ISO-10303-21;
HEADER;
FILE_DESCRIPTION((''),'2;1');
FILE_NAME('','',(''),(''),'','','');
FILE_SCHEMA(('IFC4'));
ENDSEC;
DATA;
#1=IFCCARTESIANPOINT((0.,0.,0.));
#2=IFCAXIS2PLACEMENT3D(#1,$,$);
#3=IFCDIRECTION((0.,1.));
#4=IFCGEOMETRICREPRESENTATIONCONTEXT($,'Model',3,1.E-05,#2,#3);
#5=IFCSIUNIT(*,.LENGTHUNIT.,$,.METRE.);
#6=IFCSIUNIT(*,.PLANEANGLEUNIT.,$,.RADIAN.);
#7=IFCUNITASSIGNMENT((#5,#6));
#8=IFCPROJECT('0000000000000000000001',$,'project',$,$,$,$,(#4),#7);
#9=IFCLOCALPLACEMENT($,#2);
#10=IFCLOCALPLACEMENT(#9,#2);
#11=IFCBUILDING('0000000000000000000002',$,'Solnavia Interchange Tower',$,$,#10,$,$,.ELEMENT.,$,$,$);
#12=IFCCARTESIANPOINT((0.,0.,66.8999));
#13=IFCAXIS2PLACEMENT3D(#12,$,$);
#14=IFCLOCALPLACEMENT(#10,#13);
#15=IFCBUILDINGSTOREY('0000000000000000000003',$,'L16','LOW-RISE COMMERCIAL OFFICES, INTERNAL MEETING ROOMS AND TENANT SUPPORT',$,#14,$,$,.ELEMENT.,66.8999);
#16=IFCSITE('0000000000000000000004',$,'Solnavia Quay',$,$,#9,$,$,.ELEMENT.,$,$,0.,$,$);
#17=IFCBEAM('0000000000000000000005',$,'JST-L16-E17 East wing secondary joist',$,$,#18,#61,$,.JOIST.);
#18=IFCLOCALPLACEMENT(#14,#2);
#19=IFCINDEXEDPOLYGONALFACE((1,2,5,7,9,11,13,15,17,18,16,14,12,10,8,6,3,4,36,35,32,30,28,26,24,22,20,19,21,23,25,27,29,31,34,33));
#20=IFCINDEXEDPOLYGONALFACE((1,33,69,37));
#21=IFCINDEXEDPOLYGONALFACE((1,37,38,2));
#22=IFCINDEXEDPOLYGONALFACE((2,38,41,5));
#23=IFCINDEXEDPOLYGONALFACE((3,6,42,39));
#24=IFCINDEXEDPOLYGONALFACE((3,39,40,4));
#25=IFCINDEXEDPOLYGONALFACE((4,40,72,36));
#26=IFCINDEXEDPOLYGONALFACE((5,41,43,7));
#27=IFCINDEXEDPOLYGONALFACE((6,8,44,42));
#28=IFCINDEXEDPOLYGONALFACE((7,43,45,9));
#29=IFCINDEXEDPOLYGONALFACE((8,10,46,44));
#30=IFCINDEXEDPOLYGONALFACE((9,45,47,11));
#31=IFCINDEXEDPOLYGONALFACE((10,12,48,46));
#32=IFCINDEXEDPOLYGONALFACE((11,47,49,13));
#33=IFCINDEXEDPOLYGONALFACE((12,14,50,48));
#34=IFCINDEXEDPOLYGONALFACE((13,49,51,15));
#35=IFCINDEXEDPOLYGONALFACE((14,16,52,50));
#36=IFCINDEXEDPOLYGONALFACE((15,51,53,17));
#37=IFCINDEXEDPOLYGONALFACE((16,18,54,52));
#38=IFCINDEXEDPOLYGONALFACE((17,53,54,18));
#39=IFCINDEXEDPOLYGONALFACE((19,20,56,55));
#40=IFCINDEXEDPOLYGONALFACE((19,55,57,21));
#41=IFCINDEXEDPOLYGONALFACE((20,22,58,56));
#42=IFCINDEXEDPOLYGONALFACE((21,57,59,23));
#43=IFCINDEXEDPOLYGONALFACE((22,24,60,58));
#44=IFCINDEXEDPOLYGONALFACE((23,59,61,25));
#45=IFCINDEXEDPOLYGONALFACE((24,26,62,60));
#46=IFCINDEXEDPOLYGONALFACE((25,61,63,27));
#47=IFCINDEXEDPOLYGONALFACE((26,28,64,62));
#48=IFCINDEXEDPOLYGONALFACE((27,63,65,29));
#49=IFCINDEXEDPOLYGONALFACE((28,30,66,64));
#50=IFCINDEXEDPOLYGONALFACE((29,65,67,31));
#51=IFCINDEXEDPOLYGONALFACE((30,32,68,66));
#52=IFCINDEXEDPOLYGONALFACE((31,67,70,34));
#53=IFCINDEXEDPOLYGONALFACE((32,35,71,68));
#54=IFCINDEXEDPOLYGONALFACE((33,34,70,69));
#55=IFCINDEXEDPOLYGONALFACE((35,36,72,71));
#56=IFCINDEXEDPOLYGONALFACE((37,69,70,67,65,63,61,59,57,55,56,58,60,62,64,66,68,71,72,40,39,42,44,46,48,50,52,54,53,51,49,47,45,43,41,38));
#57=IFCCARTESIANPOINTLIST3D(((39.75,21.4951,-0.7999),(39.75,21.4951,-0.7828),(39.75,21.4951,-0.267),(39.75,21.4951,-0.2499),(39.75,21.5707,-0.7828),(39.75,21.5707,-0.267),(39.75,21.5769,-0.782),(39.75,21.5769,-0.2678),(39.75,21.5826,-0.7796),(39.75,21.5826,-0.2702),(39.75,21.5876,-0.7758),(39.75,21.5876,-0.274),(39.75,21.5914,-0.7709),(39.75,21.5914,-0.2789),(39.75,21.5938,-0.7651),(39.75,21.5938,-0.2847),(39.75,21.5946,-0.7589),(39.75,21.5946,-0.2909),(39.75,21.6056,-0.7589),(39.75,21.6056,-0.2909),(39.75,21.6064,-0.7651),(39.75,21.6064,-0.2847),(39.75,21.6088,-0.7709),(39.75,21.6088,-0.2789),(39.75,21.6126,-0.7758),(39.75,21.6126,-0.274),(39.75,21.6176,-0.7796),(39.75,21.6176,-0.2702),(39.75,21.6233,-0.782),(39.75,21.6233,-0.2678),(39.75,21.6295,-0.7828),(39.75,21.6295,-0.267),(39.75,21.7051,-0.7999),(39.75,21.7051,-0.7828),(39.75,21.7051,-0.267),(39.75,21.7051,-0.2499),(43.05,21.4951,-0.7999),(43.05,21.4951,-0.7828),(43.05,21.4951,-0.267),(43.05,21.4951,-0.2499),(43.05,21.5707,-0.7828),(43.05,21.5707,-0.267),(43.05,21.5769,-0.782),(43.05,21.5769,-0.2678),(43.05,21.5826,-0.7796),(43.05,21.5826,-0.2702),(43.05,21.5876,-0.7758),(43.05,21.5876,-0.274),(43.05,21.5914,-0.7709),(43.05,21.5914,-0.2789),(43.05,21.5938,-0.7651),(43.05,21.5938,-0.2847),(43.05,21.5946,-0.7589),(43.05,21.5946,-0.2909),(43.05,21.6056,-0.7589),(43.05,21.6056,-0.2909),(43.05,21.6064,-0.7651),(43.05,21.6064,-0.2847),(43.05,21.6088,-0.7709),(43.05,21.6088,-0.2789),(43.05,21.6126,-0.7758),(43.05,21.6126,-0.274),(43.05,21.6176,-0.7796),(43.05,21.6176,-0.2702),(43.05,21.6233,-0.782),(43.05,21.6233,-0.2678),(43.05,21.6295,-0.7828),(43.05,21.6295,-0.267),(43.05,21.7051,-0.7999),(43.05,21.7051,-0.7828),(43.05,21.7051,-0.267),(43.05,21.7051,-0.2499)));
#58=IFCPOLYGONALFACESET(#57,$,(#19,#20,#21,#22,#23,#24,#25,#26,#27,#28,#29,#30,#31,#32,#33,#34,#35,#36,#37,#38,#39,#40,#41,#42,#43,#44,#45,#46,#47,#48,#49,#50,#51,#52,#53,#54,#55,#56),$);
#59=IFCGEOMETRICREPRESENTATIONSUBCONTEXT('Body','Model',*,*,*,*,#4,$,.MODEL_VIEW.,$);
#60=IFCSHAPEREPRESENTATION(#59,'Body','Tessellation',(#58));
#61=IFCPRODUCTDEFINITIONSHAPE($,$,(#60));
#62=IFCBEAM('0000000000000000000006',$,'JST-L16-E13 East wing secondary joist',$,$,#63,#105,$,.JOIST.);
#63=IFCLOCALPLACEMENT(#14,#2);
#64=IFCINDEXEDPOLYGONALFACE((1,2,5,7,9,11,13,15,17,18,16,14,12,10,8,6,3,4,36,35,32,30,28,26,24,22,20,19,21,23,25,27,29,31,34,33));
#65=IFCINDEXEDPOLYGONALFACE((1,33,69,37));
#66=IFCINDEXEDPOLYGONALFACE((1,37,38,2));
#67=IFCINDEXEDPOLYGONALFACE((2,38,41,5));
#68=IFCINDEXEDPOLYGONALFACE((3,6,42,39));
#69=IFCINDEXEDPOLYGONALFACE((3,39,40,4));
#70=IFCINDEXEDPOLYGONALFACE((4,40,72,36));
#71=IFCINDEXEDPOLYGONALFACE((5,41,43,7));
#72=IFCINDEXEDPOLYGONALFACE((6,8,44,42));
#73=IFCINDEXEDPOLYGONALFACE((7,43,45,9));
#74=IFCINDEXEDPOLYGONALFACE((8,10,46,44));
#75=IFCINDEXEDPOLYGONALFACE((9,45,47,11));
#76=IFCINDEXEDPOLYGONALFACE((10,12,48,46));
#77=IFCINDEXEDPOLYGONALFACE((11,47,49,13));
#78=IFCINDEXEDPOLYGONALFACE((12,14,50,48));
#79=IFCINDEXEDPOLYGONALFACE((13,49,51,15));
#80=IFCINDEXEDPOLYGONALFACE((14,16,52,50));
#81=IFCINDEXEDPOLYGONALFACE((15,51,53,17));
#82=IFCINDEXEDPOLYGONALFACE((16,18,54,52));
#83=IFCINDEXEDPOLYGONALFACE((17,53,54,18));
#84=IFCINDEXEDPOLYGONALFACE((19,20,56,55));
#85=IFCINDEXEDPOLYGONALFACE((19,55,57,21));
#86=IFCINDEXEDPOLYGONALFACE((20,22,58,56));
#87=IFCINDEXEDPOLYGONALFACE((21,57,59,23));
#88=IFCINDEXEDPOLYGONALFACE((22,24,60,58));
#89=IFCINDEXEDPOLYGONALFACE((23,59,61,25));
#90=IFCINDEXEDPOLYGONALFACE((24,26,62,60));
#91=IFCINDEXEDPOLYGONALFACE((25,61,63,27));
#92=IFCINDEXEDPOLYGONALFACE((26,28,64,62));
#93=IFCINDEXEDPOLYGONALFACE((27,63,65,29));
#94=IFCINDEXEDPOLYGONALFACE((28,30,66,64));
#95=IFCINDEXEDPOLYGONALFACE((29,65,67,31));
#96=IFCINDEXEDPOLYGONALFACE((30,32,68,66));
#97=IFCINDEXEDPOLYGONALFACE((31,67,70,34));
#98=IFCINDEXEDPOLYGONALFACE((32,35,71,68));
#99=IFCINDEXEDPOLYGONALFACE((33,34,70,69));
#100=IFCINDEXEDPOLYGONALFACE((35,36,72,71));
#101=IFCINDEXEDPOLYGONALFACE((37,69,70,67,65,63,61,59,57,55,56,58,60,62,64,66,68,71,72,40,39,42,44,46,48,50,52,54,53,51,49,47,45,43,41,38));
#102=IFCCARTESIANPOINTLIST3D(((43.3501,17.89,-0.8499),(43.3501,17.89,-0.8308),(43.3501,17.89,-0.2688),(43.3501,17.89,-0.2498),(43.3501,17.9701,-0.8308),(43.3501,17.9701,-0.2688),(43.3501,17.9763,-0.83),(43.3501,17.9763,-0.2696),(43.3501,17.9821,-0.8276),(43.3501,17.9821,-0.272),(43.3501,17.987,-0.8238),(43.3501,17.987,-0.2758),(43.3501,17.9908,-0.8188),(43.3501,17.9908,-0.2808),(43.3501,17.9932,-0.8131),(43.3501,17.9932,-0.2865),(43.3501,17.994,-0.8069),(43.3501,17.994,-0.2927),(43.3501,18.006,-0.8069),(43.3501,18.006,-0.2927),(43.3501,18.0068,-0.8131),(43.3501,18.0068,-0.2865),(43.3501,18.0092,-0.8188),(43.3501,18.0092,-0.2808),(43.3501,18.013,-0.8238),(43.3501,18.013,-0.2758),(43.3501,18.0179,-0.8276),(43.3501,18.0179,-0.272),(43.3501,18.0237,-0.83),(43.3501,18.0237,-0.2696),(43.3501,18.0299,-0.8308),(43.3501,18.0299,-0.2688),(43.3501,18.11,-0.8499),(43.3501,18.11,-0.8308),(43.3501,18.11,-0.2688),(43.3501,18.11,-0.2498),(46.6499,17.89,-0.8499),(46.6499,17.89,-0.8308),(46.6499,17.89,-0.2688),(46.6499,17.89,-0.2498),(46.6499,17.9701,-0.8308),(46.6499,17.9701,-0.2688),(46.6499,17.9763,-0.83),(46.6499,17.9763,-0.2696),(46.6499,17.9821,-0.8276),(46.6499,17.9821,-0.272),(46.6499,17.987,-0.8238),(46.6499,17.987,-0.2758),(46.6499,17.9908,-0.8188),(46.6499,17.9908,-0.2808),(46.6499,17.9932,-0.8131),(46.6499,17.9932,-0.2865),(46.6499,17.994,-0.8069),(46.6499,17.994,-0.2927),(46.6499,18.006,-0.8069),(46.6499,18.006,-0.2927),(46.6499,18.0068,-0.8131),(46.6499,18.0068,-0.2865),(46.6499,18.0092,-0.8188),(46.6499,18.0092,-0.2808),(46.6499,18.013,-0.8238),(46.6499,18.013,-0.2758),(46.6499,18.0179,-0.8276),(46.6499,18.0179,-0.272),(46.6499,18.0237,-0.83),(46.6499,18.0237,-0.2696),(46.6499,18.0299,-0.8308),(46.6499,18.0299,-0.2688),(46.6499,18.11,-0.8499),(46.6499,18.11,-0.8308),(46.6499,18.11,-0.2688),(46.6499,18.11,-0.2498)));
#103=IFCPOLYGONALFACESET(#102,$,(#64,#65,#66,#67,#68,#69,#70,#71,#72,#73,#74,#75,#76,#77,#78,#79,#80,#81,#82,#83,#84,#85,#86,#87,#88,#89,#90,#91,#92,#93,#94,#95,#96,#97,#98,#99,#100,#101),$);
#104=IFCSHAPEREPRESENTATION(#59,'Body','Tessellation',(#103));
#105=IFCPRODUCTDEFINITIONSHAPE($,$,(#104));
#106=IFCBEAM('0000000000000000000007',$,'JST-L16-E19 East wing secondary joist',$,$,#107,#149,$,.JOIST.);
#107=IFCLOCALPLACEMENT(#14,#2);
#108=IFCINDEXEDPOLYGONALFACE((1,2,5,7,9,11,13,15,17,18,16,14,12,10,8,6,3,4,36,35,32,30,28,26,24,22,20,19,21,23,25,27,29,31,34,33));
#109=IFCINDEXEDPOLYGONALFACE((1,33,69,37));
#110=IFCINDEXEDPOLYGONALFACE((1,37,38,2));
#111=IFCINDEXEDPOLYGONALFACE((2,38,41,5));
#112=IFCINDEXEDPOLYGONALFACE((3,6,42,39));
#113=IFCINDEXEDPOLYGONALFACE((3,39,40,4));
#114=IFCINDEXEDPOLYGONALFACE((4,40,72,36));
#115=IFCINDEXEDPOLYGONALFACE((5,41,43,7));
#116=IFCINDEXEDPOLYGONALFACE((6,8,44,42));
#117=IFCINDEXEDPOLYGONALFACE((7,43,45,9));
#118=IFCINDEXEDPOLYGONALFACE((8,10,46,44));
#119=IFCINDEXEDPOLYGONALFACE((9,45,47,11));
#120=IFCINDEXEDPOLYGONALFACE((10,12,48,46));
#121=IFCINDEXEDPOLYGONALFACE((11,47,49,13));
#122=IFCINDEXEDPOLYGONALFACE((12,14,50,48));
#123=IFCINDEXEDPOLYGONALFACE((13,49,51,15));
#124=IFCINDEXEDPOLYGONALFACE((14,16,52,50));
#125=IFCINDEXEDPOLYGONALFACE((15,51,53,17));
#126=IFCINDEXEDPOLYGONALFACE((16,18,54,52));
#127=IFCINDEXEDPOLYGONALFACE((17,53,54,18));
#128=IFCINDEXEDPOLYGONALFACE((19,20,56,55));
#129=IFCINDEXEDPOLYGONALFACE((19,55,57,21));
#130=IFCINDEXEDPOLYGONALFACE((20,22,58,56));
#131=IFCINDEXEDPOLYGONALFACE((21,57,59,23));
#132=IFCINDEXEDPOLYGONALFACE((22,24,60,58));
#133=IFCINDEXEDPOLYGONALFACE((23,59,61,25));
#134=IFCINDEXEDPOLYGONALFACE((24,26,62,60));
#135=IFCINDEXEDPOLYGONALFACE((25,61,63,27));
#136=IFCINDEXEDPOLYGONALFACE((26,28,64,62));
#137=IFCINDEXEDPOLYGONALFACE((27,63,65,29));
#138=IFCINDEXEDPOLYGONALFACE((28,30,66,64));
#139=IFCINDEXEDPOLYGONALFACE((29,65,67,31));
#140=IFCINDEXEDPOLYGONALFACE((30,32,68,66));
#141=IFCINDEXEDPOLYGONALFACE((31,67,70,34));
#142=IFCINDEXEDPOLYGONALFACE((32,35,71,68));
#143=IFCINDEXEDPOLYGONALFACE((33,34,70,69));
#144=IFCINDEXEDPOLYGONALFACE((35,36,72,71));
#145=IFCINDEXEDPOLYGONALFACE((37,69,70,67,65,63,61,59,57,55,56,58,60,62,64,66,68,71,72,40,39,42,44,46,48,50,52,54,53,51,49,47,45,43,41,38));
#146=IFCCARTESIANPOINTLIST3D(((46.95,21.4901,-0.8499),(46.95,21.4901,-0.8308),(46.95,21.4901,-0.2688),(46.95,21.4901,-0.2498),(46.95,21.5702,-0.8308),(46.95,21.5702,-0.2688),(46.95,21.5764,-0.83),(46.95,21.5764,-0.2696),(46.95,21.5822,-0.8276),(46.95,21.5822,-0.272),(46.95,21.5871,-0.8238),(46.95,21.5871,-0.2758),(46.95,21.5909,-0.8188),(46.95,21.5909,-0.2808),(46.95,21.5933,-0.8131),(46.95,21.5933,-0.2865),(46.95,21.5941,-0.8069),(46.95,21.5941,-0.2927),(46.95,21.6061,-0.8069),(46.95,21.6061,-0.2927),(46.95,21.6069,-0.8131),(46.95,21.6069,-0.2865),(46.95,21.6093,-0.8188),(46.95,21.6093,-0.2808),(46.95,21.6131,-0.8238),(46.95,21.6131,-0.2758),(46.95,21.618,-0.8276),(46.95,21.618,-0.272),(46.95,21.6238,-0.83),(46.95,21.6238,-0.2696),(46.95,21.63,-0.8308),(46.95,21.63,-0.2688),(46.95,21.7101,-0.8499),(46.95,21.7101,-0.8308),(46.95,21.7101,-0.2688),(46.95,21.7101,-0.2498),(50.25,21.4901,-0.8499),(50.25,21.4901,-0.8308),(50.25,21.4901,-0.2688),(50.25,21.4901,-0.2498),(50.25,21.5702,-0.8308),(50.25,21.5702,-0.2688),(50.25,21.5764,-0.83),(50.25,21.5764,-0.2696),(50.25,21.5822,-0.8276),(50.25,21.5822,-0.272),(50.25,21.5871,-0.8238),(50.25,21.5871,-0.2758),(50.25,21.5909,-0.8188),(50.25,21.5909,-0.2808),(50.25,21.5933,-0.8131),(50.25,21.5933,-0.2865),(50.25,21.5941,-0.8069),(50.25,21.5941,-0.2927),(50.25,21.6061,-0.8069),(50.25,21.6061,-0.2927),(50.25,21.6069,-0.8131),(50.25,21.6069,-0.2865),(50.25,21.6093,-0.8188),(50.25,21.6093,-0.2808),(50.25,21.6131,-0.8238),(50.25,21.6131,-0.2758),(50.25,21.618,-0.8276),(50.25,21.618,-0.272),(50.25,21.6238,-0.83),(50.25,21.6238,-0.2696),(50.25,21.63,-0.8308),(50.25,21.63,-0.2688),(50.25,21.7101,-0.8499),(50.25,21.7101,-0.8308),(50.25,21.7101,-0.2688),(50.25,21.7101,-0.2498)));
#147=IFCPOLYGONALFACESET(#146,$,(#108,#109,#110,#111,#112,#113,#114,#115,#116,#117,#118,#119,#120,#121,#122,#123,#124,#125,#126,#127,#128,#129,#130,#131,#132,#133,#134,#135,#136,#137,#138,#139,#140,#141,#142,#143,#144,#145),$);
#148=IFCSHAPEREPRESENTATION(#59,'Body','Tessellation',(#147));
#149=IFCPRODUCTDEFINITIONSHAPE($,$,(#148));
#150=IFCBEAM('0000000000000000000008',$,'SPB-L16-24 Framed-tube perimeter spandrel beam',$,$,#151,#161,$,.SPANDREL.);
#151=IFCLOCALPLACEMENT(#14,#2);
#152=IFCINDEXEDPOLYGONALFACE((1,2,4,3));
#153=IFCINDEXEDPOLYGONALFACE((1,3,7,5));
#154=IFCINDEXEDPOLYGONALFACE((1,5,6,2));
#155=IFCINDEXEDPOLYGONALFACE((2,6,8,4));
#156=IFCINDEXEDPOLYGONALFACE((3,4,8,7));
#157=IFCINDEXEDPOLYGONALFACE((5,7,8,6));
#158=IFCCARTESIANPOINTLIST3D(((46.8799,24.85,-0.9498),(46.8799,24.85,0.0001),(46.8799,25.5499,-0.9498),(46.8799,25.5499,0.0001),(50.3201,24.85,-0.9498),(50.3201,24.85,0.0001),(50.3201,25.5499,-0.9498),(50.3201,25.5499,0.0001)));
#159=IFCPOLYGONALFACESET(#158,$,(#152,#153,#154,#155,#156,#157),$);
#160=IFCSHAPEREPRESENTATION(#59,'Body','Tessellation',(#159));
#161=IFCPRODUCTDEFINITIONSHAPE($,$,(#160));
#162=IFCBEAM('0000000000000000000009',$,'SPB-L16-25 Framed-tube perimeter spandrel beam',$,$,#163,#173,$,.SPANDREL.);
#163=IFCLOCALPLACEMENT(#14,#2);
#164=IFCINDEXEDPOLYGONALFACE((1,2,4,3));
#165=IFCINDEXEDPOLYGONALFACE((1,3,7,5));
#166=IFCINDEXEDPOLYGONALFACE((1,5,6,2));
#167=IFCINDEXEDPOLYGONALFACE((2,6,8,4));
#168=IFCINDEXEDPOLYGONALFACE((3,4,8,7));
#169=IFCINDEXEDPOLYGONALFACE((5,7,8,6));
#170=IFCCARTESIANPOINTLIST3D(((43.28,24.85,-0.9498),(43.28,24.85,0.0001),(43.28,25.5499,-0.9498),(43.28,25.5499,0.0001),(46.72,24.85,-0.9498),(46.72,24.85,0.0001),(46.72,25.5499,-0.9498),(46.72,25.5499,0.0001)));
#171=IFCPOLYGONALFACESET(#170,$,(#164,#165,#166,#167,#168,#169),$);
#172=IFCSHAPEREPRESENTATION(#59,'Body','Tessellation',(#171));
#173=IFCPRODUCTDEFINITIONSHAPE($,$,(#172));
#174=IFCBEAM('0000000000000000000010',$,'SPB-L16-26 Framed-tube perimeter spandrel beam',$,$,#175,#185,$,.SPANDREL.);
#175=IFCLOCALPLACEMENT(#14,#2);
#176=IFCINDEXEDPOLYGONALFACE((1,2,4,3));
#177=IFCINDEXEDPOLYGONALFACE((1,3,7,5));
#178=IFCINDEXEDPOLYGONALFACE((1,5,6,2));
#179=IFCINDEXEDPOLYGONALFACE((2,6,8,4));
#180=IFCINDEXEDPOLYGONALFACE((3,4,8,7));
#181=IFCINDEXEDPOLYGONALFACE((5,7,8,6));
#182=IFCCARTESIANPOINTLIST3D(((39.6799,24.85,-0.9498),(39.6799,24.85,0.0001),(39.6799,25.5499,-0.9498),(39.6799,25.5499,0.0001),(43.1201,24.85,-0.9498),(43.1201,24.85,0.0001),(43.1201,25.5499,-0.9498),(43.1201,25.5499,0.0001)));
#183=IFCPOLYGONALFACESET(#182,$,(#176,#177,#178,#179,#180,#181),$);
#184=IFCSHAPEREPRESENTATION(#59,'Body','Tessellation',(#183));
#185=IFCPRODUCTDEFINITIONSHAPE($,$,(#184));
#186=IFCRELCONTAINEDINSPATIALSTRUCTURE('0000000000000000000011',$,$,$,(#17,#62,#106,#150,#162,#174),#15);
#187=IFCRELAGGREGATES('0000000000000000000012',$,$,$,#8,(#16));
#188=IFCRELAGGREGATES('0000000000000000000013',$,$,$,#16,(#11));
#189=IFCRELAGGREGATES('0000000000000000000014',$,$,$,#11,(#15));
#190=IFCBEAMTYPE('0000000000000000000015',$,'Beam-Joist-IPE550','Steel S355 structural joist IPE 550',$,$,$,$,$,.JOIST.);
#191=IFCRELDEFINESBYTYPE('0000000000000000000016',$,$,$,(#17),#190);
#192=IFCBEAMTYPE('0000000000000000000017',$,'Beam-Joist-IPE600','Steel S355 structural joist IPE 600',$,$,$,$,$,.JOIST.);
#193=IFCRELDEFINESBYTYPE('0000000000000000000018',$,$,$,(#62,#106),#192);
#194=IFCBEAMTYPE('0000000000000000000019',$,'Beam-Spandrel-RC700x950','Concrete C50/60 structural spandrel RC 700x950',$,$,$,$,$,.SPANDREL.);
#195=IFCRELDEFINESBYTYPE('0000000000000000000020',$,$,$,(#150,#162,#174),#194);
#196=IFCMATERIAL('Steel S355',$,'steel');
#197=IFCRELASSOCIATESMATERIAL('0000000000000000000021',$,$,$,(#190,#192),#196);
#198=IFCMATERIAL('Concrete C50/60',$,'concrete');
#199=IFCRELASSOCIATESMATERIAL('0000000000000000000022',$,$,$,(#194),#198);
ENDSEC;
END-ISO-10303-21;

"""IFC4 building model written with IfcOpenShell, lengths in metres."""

from ifc_helpers import new_model, si_unit, direction, frame, origin, origin_2d, place, context, subcontext, project, spatial, rectangle, i_section, extrude, material, material_profile, profile_set, type_object, element, save


model = new_model("IFC4")

# Units and contexts
model_context = context("Model", 3, precision=1e-05, world=origin(), true_north=direction((0.0, 1.0)))
body_context = subcontext(model_context, "Body", "Model", "MODEL_VIEW")
ifc_project = project(units=[si_unit("LENGTHUNIT", "METRE"), si_unit("PLANEANGLEUNIT", "RADIAN")], contexts=[model_context])

# Site, building, storey
site_placement = place(None, origin())
site = spatial("IfcSite", under=ifc_project, at=site_placement, Name="Solnavia Quay", CompositionType="ELEMENT", RefElevation=0.0)
building_placement = place(site_placement, origin())
building = spatial("IfcBuilding", under=site, at=building_placement, Name="Solnavia Interchange Tower", CompositionType="ELEMENT")
storey_placement = place(building_placement, frame((0.0, 0.0, 66.8999)))
storey = spatial("IfcBuildingStorey", under=building, at=storey_placement, Name="L16", Description="LOW-RISE COMMERCIAL OFFICES, INTERNAL MEETING ROOMS AND TENANT SUPPORT", CompositionType="ELEMENT", Elevation=66.8999)

# Beams
ifc_material_1 = material(Name="Steel S355", Category="steel")
ifc_material_profile_1 = material_profile(ifc_material_1, i_section(OverallWidth=0.21, OverallDepth=0.55, WebThickness=0.011, FlangeThickness=0.0171, FilletRadius=0.0239, at=origin_2d()), Name="IPE 550")
ifc_profile_set_1 = profile_set([ifc_material_profile_1], Name="Steel S355")
beam_type_1 = type_object("IfcBeamType", Name="Beam-Joist-IPE550", Description="Steel S355 structural joist IPE 550", PredefinedType="JOIST", material=ifc_profile_set_1)
for number, where, z_axis, x_axis, name in (
    (1, (39.75, 21.6001, -0.5249), (1.0, 0.0, 0.0), (0.0, 1.0, 0.0), "JST-L16-E17 East wing secondary joist"),
):
    element("IfcBeam", number, at=place(storey_placement, frame(where, z_axis=z_axis, x_axis=x_axis)), inside=storey, type_object=beam_type_1, Name=name, PredefinedType="JOIST", context=body_context, shape_type="SweptSolid", body=[
        extrude(i_section(OverallWidth=0.21, OverallDepth=0.55, WebThickness=0.011, FlangeThickness=0.0171, FilletRadius=0.0239, at=origin_2d()), origin(), (0.0, 0.0, 1.0), 3.3),
    ])
ifc_material_profile_2 = material_profile(ifc_material_1, i_section(OverallWidth=0.22, OverallDepth=0.6001, WebThickness=0.012, FlangeThickness=0.019, FilletRadius=0.0239, at=origin_2d()), Name="IPE 600")
ifc_profile_set_2 = profile_set([ifc_material_profile_2], Name="Steel S355")
beam_type_2 = type_object("IfcBeamType", Name="Beam-Joist-IPE600", Description="Steel S355 structural joist IPE 600", PredefinedType="JOIST", material=ifc_profile_set_2)
beam_1_placement = place(storey_placement, frame((43.3501, 18.0, -0.5498), z_axis=(1.0, 0.0, 0.0), x_axis=(0.0, 1.0, 0.0)))
element("IfcBeam", 2, at=beam_1_placement, inside=storey, type_object=beam_type_2, Name="JST-L16-E13 East wing secondary joist", PredefinedType="JOIST", context=body_context, shape_type="SweptSolid", body=[
    extrude(i_section(OverallWidth=0.22, OverallDepth=0.6001, WebThickness=0.012, FlangeThickness=0.019, FilletRadius=0.0239, at=origin_2d()), origin(), (0.0, 0.0, 1.0), 3.2998),
])
beam_2_placement = place(storey_placement, frame((46.95, 21.6001, -0.5498), z_axis=(1.0, 0.0, 0.0), x_axis=(0.0, 1.0, 0.0)))
element("IfcBeam", 3, at=beam_2_placement, inside=storey, type_object=beam_type_2, Name="JST-L16-E19 East wing secondary joist", PredefinedType="JOIST", context=body_context, shape_type="SweptSolid", body=[
    extrude(i_section(OverallWidth=0.22, OverallDepth=0.6001, WebThickness=0.012, FlangeThickness=0.019, FilletRadius=0.0239, at=origin_2d()), origin(), (0.0, 0.0, 1.0), 3.3),
])
ifc_material_2 = material(Name="Concrete C50/60", Category="concrete")
ifc_material_profile_3 = material_profile(ifc_material_2, rectangle(XDim=0.7, YDim=0.95, at=origin_2d()), Name="RC 700x950")
ifc_profile_set_3 = profile_set([ifc_material_profile_3], Name="Concrete C50/60")
beam_type_3 = type_object("IfcBeamType", Name="Beam-Spandrel-RC700x950", Description="Concrete C50/60 structural spandrel RC 700x950", PredefinedType="SPANDREL", material=ifc_profile_set_3)
beam_3_placement = place(storey_placement, frame((50.3201, 25.2, -0.4749), z_axis=(-1.0, 0.0, 0.0), x_axis=(0.0, -1.0, 0.0)))
element("IfcBeam", 4, at=beam_3_placement, inside=storey, type_object=beam_type_3, Name="SPB-L16-24 Framed-tube perimeter spandrel beam", PredefinedType="SPANDREL", context=body_context, shape_type="SweptSolid", body=[
    extrude(rectangle(XDim=0.7, YDim=0.95, at=origin_2d()), origin(), (0.0, 0.0, 1.0), 3.4402),
])
beam_4_placement = place(storey_placement, frame((46.72, 25.2, -0.4749), z_axis=(-1.0, 0.0, 0.0), x_axis=(0.0, -1.0, 0.0)))
element("IfcBeam", 5, at=beam_4_placement, inside=storey, type_object=beam_type_3, Name="SPB-L16-25 Framed-tube perimeter spandrel beam", PredefinedType="SPANDREL", context=body_context, shape_type="SweptSolid", body=[
    extrude(rectangle(XDim=0.7, YDim=0.95, at=origin_2d()), origin(), (0.0, 0.0, 1.0), 3.4399),
])
beam_5_placement = place(storey_placement, frame((43.1201, 25.2, -0.4749), z_axis=(-1.0, 0.0, 0.0), x_axis=(0.0, -1.0, 0.0)))
element("IfcBeam", 6, at=beam_5_placement, inside=storey, type_object=beam_type_3, Name="SPB-L16-26 Framed-tube perimeter spandrel beam", PredefinedType="SPANDREL", context=body_context, shape_type="SweptSolid", body=[
    extrude(rectangle(XDim=0.7, YDim=0.95, at=origin_2d()), origin(), (0.0, 0.0, 1.0), 3.4402),
])

save(model, "model.ifc")
